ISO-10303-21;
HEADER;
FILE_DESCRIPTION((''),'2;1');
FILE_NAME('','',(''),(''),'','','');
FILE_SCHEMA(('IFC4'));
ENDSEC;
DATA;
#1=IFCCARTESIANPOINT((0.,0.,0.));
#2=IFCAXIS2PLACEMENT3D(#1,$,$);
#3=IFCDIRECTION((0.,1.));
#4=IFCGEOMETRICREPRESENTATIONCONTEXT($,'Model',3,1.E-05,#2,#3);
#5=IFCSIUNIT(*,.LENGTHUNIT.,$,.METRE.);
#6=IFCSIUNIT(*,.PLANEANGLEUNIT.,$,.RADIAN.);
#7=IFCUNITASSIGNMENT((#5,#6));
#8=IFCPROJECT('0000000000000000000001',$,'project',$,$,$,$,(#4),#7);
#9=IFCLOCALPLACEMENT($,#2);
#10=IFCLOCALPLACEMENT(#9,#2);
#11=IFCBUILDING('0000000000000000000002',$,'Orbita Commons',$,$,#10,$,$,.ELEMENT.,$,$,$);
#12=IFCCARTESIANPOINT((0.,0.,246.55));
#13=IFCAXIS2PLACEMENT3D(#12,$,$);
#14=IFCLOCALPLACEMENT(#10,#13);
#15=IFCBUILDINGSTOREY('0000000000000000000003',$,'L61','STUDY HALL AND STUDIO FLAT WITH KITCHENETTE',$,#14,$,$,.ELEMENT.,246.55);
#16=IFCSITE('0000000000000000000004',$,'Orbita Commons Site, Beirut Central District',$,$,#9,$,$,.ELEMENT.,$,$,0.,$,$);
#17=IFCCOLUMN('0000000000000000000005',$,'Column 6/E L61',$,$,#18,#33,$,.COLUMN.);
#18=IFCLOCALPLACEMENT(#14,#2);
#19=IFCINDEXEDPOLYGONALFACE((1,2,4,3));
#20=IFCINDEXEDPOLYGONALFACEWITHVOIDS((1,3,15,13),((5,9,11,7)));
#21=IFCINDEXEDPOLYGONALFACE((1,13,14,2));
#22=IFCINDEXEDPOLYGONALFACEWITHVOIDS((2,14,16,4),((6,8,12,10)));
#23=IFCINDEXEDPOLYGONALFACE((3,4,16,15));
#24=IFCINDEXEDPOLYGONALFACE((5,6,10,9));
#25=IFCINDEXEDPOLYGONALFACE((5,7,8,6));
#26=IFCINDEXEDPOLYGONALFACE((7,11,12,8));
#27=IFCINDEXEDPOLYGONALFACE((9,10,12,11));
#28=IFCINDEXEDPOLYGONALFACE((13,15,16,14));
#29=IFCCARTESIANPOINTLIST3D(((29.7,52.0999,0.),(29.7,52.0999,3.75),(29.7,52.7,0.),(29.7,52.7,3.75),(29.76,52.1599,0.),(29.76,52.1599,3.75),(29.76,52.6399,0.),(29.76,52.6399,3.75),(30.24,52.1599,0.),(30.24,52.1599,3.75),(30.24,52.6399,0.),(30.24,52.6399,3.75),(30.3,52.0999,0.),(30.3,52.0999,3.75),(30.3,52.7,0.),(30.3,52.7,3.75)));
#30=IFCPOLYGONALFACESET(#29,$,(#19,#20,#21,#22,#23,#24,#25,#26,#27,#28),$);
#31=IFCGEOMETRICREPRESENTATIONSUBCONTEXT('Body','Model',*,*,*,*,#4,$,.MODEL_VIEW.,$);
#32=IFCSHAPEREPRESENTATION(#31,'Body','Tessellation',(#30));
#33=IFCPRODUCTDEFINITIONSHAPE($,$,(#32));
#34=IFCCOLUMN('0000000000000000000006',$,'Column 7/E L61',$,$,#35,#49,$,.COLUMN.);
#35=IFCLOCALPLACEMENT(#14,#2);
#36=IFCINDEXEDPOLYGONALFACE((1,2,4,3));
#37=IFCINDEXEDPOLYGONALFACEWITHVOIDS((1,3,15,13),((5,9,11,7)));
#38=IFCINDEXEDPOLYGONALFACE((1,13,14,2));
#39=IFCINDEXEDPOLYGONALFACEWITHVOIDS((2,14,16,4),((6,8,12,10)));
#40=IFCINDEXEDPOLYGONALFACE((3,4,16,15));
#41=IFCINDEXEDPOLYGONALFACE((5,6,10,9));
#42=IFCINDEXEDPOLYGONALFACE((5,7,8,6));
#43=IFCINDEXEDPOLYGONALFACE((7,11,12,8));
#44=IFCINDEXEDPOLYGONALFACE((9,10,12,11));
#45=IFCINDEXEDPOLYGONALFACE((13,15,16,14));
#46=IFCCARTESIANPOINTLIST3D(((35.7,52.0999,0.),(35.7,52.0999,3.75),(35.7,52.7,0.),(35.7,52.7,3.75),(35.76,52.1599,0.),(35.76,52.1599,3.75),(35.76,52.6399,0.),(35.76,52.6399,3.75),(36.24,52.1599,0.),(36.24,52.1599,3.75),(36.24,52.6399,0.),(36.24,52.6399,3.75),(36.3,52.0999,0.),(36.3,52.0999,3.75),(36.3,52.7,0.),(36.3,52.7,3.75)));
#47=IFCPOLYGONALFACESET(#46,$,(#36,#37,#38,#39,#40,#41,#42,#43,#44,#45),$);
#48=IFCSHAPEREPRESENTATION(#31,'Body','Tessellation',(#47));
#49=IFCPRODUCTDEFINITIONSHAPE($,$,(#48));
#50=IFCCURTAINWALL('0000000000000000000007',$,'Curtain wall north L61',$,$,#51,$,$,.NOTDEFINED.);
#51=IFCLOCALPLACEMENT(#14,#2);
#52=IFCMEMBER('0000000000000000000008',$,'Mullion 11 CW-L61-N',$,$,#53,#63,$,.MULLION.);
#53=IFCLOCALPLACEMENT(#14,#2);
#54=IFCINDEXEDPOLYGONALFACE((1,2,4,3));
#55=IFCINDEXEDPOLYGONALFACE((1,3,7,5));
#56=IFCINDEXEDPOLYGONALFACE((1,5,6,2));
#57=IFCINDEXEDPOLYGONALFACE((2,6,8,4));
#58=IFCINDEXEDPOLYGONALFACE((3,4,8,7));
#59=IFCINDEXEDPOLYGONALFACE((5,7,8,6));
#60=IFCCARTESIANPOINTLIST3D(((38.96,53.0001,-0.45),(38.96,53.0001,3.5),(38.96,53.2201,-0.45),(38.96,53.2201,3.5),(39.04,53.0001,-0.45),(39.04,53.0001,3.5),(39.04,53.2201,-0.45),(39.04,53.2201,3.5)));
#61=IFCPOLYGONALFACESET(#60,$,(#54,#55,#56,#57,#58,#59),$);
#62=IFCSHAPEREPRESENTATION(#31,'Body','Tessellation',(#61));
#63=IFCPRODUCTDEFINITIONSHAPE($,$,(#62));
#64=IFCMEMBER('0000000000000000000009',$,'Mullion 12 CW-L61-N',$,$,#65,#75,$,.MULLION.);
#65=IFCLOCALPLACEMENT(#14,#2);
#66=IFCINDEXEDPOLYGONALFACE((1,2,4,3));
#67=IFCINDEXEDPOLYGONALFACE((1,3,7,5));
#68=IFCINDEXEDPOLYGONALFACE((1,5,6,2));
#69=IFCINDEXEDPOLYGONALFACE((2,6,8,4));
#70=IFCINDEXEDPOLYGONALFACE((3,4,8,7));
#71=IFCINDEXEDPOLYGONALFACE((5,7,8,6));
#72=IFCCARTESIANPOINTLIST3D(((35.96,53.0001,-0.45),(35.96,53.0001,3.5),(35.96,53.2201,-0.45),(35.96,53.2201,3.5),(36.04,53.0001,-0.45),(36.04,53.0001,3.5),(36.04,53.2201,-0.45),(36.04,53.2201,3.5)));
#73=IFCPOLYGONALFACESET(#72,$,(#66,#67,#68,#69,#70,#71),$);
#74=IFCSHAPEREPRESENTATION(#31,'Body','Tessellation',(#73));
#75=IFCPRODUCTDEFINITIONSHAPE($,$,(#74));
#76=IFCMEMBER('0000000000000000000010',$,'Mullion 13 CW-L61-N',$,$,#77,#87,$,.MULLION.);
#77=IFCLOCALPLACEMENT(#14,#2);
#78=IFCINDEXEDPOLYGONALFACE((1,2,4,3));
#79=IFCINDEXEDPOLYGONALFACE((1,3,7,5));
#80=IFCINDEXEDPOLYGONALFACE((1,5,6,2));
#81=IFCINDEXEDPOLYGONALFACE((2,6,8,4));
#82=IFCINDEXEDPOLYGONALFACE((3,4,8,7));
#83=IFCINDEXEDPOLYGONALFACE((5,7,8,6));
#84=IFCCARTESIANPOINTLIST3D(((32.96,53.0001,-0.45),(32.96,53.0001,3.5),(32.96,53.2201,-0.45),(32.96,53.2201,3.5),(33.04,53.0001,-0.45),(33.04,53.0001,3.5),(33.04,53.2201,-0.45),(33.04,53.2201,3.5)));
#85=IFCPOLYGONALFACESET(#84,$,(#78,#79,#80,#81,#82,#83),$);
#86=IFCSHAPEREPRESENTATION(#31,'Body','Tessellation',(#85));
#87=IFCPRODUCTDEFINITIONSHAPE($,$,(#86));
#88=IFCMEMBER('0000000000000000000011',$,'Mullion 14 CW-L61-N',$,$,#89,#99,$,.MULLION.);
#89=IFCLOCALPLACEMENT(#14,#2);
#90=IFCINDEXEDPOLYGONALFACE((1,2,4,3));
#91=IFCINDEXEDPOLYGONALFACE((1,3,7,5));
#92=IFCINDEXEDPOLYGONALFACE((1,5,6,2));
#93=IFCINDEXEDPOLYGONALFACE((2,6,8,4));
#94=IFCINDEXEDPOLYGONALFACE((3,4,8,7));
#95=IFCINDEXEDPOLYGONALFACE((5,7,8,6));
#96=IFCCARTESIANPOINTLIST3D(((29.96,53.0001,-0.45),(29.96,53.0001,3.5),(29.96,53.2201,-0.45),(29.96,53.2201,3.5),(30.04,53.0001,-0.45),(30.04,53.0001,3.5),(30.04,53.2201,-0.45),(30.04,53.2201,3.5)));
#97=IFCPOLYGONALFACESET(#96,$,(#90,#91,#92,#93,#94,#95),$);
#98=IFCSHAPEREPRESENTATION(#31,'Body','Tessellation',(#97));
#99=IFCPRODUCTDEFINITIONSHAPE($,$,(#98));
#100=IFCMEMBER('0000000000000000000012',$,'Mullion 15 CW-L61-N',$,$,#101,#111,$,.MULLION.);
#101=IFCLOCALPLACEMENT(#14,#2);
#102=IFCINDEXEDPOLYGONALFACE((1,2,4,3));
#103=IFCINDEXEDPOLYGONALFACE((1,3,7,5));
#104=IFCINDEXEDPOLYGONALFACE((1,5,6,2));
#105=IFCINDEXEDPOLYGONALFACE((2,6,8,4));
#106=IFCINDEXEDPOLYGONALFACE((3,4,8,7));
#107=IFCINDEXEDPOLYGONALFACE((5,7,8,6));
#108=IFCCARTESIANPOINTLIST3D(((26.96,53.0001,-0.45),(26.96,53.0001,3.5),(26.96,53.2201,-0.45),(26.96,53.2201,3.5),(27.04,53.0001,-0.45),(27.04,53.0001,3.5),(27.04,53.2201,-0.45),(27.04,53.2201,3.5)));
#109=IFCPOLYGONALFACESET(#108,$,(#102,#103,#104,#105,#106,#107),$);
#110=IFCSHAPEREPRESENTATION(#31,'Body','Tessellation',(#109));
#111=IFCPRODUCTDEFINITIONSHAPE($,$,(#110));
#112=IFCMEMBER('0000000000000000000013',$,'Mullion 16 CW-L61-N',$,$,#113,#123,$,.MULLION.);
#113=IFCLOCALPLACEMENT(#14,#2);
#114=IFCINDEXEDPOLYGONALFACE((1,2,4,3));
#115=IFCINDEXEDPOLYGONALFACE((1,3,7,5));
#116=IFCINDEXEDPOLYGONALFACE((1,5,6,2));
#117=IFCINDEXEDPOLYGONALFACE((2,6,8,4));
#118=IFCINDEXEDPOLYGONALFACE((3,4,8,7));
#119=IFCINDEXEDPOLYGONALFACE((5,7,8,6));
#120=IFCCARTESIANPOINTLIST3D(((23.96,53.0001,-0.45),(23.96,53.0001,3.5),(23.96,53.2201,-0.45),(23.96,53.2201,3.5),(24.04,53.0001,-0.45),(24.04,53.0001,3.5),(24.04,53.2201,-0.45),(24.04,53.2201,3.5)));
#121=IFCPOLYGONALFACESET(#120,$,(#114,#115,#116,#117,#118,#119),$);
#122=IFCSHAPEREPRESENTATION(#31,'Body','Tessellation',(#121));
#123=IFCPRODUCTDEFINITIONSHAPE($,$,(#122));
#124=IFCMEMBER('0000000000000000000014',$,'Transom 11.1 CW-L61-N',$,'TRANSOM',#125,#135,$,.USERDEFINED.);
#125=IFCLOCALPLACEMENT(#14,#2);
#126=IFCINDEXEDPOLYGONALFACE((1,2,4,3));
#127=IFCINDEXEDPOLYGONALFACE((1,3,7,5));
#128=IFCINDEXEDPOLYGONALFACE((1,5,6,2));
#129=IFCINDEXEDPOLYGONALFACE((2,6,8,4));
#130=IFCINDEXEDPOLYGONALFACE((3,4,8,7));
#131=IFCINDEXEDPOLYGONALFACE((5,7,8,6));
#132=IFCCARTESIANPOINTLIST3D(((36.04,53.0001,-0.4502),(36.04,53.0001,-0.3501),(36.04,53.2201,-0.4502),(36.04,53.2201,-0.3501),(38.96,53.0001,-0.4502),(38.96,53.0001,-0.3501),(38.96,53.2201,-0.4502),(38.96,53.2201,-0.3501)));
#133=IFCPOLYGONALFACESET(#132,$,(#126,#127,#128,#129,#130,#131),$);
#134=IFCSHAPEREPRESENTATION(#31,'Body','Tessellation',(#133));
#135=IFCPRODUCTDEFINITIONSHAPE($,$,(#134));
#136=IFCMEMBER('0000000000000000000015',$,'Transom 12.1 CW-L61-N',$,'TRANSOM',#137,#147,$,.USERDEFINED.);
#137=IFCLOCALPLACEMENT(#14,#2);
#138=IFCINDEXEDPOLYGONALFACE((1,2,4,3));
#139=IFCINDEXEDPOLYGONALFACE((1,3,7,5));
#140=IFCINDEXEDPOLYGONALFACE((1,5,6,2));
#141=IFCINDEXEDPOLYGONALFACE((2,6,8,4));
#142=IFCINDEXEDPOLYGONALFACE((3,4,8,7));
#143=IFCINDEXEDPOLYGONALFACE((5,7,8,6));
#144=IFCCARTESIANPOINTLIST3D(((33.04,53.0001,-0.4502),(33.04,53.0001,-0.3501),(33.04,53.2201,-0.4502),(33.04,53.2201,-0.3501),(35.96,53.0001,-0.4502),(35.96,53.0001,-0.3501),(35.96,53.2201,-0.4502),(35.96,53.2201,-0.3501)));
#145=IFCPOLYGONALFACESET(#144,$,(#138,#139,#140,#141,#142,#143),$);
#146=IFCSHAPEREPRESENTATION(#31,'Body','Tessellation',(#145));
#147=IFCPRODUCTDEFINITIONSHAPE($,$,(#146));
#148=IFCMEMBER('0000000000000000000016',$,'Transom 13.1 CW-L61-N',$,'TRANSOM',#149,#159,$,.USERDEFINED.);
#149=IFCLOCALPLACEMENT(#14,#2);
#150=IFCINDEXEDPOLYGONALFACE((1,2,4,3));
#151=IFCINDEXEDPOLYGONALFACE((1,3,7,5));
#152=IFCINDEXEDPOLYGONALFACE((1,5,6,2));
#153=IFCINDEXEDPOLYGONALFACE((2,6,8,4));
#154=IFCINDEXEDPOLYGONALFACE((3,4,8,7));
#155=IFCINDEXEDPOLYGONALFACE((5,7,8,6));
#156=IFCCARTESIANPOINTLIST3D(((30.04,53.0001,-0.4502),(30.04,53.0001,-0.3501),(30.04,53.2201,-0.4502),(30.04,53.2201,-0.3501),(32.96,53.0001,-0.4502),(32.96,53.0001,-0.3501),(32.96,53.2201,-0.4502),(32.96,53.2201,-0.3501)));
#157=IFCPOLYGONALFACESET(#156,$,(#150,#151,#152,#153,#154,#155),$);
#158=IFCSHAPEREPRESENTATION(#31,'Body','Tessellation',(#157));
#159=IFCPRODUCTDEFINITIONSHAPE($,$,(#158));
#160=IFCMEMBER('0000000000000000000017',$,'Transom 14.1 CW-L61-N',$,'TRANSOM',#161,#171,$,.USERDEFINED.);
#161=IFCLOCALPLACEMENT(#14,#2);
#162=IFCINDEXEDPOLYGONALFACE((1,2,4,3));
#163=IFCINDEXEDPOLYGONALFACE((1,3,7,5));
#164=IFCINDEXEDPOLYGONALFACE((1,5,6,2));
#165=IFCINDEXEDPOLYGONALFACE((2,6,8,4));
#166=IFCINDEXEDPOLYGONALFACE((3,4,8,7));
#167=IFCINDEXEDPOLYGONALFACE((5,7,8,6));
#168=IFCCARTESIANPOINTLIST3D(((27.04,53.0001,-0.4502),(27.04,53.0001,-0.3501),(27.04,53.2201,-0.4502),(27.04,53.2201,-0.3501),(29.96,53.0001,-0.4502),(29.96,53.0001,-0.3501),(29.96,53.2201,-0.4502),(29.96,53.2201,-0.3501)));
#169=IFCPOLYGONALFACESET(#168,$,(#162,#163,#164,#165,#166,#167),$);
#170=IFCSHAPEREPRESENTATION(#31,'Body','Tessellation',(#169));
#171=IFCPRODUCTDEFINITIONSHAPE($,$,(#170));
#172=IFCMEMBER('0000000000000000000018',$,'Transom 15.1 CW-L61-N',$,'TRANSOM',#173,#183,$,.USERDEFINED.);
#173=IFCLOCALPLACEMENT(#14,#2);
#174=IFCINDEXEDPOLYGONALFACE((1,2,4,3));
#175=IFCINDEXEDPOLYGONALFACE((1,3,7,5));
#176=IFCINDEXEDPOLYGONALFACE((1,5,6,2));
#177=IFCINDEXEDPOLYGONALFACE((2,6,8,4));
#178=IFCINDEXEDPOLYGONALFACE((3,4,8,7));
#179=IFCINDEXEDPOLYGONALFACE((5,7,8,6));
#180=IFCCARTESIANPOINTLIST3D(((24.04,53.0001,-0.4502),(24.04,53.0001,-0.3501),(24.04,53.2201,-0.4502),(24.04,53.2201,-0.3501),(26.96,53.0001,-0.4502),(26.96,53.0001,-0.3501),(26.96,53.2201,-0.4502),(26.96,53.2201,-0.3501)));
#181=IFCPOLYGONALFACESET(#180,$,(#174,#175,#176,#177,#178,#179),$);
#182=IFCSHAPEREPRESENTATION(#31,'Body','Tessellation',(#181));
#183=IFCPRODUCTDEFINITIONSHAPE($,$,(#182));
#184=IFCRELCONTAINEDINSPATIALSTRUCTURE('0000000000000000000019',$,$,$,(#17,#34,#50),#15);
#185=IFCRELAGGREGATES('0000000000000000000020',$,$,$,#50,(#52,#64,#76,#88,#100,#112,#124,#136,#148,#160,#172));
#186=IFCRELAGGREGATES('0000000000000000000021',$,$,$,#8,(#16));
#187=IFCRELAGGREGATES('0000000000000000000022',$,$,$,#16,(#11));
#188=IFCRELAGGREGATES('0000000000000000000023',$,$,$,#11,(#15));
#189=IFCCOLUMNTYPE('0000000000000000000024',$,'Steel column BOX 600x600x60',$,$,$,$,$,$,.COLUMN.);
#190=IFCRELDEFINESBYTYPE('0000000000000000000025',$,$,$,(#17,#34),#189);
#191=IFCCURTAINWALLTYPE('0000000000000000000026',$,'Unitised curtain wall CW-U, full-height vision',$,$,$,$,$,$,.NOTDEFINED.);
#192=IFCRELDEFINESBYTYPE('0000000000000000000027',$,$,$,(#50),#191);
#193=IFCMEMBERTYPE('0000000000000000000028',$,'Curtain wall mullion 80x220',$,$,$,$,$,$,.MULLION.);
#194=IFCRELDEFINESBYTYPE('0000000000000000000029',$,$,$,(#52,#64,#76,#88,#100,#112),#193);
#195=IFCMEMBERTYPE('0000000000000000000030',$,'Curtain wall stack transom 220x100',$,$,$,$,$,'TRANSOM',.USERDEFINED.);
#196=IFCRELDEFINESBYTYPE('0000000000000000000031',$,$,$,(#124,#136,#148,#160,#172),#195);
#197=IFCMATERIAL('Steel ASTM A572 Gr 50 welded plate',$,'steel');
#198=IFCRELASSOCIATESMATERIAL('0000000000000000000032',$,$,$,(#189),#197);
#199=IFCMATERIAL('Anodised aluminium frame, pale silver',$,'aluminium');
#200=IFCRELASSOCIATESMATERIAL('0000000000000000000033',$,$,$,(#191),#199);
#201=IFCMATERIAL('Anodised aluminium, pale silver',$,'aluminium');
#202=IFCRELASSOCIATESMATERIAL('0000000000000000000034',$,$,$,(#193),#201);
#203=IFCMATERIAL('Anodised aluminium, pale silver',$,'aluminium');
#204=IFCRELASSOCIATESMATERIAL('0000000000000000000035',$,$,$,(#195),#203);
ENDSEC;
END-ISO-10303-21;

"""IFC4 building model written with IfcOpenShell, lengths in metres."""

from ifc_helpers import new_model, si_unit, direction, frame, origin, origin_2d, place, context, subcontext, project, spatial, rectangle, hollow_rectangle, extrude, material, material_profile, profile_set, type_object, element, aggregate, save


model = new_model("IFC4")

# Units and contexts
model_context = context("Model", 3, precision=1e-05, world=origin(), true_north=direction((0.0, 1.0)))
body_context = subcontext(model_context, "Body", "Model", "MODEL_VIEW")
ifc_project = project(units=[si_unit("LENGTHUNIT", "METRE"), si_unit("PLANEANGLEUNIT", "RADIAN")], contexts=[model_context])

# Site, building, storey
site_placement = place(None, origin())
site = spatial("IfcSite", under=ifc_project, at=site_placement, Name="Orbita Commons Site, Beirut Central District", CompositionType="ELEMENT", RefElevation=0.0)
building_placement = place(site_placement, origin())
building = spatial("IfcBuilding", under=site, at=building_placement, Name="Orbita Commons", CompositionType="ELEMENT")
storey_placement = place(building_placement, frame((0.0, 0.0, 246.55)))
storey = spatial("IfcBuildingStorey", under=building, at=storey_placement, Name="L61", Description="STUDY HALL AND STUDIO FLAT WITH KITCHENETTE", CompositionType="ELEMENT", Elevation=246.55)

# Columns
ifc_material_1 = material(Name="Steel ASTM A572 Gr 50 welded plate", Category="steel")
ifc_material_profile_1 = material_profile(ifc_material_1, hollow_rectangle(XDim=0.6001, YDim=0.6001, WallThickness=0.0601, at=origin_2d()), Name="BOX 600x600x60")
ifc_profile_set_1 = profile_set([ifc_material_profile_1], Name="Steel ASTM A572 Gr 50 welded plate")
column_type = type_object("IfcColumnType", Name="Steel column BOX 600x600x60", PredefinedType="COLUMN", material=ifc_profile_set_1)
for number, where, z_axis, x_axis, name in (
    (1, (30.0, 52.3999, 0.0), (0.0, 0.0, 1.0), (1.0, 0.0, 0.0), "Column 6/E L61"),
    (2, (36.0, 52.3999, 0.0), (0.0, 0.0, 1.0), (1.0, 0.0, 0.0), "Column 7/E L61"),
):
    element("IfcColumn", number, at=place(storey_placement, frame(where, z_axis=z_axis, x_axis=x_axis)), inside=storey, type_object=column_type, Name=name, PredefinedType="COLUMN", context=body_context, shape_type="SweptSolid", body=[
        extrude(hollow_rectangle(XDim=0.6001, YDim=0.6001, WallThickness=0.0601, at=origin_2d()), origin(), (0.0, 0.0, 1.0), 3.75),
    ])

# Curtain wall, members
ifc_material_2 = material(Name="Anodised aluminium frame, pale silver", Category="aluminium")
curtain_wall_type = type_object("IfcCurtainWallType", Name="Unitised curtain wall CW-U, full-height vision", PredefinedType="NOTDEFINED", material=ifc_material_2)
curtain_wall_placement = place(storey_placement, origin())
curtain_wall = element("IfcCurtainWall", 3, at=curtain_wall_placement, inside=storey, type_object=curtain_wall_type, Name="Curtain wall north L61", PredefinedType="NOTDEFINED")
ifc_material_3 = material(Name="Anodised aluminium, pale silver", Category="aluminium")
ifc_material_profile_2 = material_profile(ifc_material_3, rectangle(XDim=0.0801, YDim=0.22, at=origin_2d()), Name="AL 80x220")
ifc_profile_set_2 = profile_set([ifc_material_profile_2], Name="Anodised aluminium, pale silver")
member_type_1 = type_object("IfcMemberType", Name="Curtain wall mullion 80x220", PredefinedType="MULLION", material=ifc_profile_set_2)
member_1_placement = place(storey_placement, frame((39.0, 53.1101, -0.45), z_axis=(0.0, 0.0, 1.0), x_axis=(-1.0, 0.0, 0.0)))
member_1 = element("IfcMember", 4, at=member_1_placement, type_object=member_type_1, Name="Mullion 11 CW-L61-N", PredefinedType="MULLION", context=body_context, shape_type="SweptSolid", body=[
    extrude(rectangle(XDim=0.0801, YDim=0.22, at=origin_2d()), origin(), (0.0, 0.0, 1.0), 3.95),
])
member_2_placement = place(storey_placement, frame((36.0, 53.1101, -0.45), z_axis=(0.0, 0.0, 1.0), x_axis=(-1.0, 0.0, 0.0)))
member_2 = element("IfcMember", 5, at=member_2_placement, type_object=member_type_1, Name="Mullion 12 CW-L61-N", PredefinedType="MULLION", context=body_context, shape_type="SweptSolid", body=[
    extrude(rectangle(XDim=0.0801, YDim=0.22, at=origin_2d()), origin(), (0.0, 0.0, 1.0), 3.95),
])
member_3_placement = place(storey_placement, frame((33.0, 53.1101, -0.45), z_axis=(0.0, 0.0, 1.0), x_axis=(-1.0, 0.0, 0.0)))
member_3 = element("IfcMember", 6, at=member_3_placement, type_object=member_type_1, Name="Mullion 13 CW-L61-N", PredefinedType="MULLION", context=body_context, shape_type="SweptSolid", body=[
    extrude(rectangle(XDim=0.0801, YDim=0.22, at=origin_2d()), origin(), (0.0, 0.0, 1.0), 3.95),
])
member_4_placement = place(storey_placement, frame((30.0, 53.1101, -0.45), z_axis=(0.0, 0.0, 1.0), x_axis=(-1.0, 0.0, 0.0)))
member_4 = element("IfcMember", 7, at=member_4_placement, type_object=member_type_1, Name="Mullion 14 CW-L61-N", PredefinedType="MULLION", context=body_context, shape_type="SweptSolid", body=[
    extrude(rectangle(XDim=0.0801, YDim=0.22, at=origin_2d()), origin(), (0.0, 0.0, 1.0), 3.95),
])
member_5_placement = place(storey_placement, frame((27.0, 53.1101, -0.45), z_axis=(0.0, 0.0, 1.0), x_axis=(-1.0, 0.0, 0.0)))
member_5 = element("IfcMember", 8, at=member_5_placement, type_object=member_type_1, Name="Mullion 15 CW-L61-N", PredefinedType="MULLION", context=body_context, shape_type="SweptSolid", body=[
    extrude(rectangle(XDim=0.0801, YDim=0.22, at=origin_2d()), origin(), (0.0, 0.0, 1.0), 3.95),
])
member_6_placement = place(storey_placement, frame((24.0, 53.1101, -0.45), z_axis=(0.0, 0.0, 1.0), x_axis=(-1.0, 0.0, 0.0)))
member_6 = element("IfcMember", 9, at=member_6_placement, type_object=member_type_1, Name="Mullion 16 CW-L61-N", PredefinedType="MULLION", context=body_context, shape_type="SweptSolid", body=[
    extrude(rectangle(XDim=0.0801, YDim=0.22, at=origin_2d()), origin(), (0.0, 0.0, 1.0), 3.95),
])
ifc_material_4 = material(Name="Anodised aluminium, pale silver", Category="aluminium")
ifc_material_profile_3 = material_profile(ifc_material_4, rectangle(XDim=0.22, YDim=0.1001, at=origin_2d()), Name="AL 220x100")
ifc_profile_set_3 = profile_set([ifc_material_profile_3], Name="Anodised aluminium, pale silver")
member_type_2 = type_object("IfcMemberType", Name="Curtain wall stack transom 220x100", ElementType="TRANSOM", PredefinedType="USERDEFINED", material=ifc_profile_set_3)
member_7_placement = place(storey_placement, frame((38.96, 53.1101, -0.4001), z_axis=(-1.0, 0.0, 0.0), x_axis=(0.0, -1.0, 0.0)))
member_7 = element("IfcMember", 10, at=member_7_placement, type_object=member_type_2, Name="Transom 11.1 CW-L61-N", ObjectType="TRANSOM", PredefinedType="USERDEFINED", context=body_context, shape_type="SweptSolid", body=[
    extrude(rectangle(XDim=0.22, YDim=0.1001, at=origin_2d()), origin(), (0.0, 0.0, 1.0), 2.9199),
])
member_8_placement = place(storey_placement, frame((35.96, 53.1101, -0.4001), z_axis=(-1.0, 0.0, 0.0), x_axis=(0.0, -1.0, 0.0)))
member_8 = element("IfcMember", 11, at=member_8_placement, type_object=member_type_2, Name="Transom 12.1 CW-L61-N", ObjectType="TRANSOM", PredefinedType="USERDEFINED", context=body_context, shape_type="SweptSolid", body=[
    extrude(rectangle(XDim=0.22, YDim=0.1001, at=origin_2d()), origin(), (0.0, 0.0, 1.0), 2.9199),
])
member_9_placement = place(storey_placement, frame((32.96, 53.1101, -0.4001), z_axis=(-1.0, 0.0, 0.0), x_axis=(0.0, -1.0, 0.0)))
member_9 = element("IfcMember", 12, at=member_9_placement, type_object=member_type_2, Name="Transom 13.1 CW-L61-N", ObjectType="TRANSOM", PredefinedType="USERDEFINED", context=body_context, shape_type="SweptSolid", body=[
    extrude(rectangle(XDim=0.22, YDim=0.1001, at=origin_2d()), origin(), (0.0, 0.0, 1.0), 2.9199),
])
member_10_placement = place(storey_placement, frame((29.96, 53.1101, -0.4001), z_axis=(-1.0, 0.0, 0.0), x_axis=(0.0, -1.0, 0.0)))
member_10 = element("IfcMember", 13, at=member_10_placement, type_object=member_type_2, Name="Transom 14.1 CW-L61-N", ObjectType="TRANSOM", PredefinedType="USERDEFINED", context=body_context, shape_type="SweptSolid", body=[
    extrude(rectangle(XDim=0.22, YDim=0.1001, at=origin_2d()), origin(), (0.0, 0.0, 1.0), 2.9199),
])
member_11_placement = place(storey_placement, frame((26.96, 53.1101, -0.4001), z_axis=(-1.0, 0.0, 0.0), x_axis=(0.0, -1.0, 0.0)))
member_11 = element("IfcMember", 14, at=member_11_placement, type_object=member_type_2, Name="Transom 15.1 CW-L61-N", ObjectType="TRANSOM", PredefinedType="USERDEFINED", context=body_context, shape_type="SweptSolid", body=[
    extrude(rectangle(XDim=0.22, YDim=0.1001, at=origin_2d()), origin(), (0.0, 0.0, 1.0), 2.9199),
])

aggregate(curtain_wall, [member_1, member_2, member_3, member_4, member_5, member_6, member_7, member_8, member_9, member_10, member_11])

save(model, "model.ifc")
